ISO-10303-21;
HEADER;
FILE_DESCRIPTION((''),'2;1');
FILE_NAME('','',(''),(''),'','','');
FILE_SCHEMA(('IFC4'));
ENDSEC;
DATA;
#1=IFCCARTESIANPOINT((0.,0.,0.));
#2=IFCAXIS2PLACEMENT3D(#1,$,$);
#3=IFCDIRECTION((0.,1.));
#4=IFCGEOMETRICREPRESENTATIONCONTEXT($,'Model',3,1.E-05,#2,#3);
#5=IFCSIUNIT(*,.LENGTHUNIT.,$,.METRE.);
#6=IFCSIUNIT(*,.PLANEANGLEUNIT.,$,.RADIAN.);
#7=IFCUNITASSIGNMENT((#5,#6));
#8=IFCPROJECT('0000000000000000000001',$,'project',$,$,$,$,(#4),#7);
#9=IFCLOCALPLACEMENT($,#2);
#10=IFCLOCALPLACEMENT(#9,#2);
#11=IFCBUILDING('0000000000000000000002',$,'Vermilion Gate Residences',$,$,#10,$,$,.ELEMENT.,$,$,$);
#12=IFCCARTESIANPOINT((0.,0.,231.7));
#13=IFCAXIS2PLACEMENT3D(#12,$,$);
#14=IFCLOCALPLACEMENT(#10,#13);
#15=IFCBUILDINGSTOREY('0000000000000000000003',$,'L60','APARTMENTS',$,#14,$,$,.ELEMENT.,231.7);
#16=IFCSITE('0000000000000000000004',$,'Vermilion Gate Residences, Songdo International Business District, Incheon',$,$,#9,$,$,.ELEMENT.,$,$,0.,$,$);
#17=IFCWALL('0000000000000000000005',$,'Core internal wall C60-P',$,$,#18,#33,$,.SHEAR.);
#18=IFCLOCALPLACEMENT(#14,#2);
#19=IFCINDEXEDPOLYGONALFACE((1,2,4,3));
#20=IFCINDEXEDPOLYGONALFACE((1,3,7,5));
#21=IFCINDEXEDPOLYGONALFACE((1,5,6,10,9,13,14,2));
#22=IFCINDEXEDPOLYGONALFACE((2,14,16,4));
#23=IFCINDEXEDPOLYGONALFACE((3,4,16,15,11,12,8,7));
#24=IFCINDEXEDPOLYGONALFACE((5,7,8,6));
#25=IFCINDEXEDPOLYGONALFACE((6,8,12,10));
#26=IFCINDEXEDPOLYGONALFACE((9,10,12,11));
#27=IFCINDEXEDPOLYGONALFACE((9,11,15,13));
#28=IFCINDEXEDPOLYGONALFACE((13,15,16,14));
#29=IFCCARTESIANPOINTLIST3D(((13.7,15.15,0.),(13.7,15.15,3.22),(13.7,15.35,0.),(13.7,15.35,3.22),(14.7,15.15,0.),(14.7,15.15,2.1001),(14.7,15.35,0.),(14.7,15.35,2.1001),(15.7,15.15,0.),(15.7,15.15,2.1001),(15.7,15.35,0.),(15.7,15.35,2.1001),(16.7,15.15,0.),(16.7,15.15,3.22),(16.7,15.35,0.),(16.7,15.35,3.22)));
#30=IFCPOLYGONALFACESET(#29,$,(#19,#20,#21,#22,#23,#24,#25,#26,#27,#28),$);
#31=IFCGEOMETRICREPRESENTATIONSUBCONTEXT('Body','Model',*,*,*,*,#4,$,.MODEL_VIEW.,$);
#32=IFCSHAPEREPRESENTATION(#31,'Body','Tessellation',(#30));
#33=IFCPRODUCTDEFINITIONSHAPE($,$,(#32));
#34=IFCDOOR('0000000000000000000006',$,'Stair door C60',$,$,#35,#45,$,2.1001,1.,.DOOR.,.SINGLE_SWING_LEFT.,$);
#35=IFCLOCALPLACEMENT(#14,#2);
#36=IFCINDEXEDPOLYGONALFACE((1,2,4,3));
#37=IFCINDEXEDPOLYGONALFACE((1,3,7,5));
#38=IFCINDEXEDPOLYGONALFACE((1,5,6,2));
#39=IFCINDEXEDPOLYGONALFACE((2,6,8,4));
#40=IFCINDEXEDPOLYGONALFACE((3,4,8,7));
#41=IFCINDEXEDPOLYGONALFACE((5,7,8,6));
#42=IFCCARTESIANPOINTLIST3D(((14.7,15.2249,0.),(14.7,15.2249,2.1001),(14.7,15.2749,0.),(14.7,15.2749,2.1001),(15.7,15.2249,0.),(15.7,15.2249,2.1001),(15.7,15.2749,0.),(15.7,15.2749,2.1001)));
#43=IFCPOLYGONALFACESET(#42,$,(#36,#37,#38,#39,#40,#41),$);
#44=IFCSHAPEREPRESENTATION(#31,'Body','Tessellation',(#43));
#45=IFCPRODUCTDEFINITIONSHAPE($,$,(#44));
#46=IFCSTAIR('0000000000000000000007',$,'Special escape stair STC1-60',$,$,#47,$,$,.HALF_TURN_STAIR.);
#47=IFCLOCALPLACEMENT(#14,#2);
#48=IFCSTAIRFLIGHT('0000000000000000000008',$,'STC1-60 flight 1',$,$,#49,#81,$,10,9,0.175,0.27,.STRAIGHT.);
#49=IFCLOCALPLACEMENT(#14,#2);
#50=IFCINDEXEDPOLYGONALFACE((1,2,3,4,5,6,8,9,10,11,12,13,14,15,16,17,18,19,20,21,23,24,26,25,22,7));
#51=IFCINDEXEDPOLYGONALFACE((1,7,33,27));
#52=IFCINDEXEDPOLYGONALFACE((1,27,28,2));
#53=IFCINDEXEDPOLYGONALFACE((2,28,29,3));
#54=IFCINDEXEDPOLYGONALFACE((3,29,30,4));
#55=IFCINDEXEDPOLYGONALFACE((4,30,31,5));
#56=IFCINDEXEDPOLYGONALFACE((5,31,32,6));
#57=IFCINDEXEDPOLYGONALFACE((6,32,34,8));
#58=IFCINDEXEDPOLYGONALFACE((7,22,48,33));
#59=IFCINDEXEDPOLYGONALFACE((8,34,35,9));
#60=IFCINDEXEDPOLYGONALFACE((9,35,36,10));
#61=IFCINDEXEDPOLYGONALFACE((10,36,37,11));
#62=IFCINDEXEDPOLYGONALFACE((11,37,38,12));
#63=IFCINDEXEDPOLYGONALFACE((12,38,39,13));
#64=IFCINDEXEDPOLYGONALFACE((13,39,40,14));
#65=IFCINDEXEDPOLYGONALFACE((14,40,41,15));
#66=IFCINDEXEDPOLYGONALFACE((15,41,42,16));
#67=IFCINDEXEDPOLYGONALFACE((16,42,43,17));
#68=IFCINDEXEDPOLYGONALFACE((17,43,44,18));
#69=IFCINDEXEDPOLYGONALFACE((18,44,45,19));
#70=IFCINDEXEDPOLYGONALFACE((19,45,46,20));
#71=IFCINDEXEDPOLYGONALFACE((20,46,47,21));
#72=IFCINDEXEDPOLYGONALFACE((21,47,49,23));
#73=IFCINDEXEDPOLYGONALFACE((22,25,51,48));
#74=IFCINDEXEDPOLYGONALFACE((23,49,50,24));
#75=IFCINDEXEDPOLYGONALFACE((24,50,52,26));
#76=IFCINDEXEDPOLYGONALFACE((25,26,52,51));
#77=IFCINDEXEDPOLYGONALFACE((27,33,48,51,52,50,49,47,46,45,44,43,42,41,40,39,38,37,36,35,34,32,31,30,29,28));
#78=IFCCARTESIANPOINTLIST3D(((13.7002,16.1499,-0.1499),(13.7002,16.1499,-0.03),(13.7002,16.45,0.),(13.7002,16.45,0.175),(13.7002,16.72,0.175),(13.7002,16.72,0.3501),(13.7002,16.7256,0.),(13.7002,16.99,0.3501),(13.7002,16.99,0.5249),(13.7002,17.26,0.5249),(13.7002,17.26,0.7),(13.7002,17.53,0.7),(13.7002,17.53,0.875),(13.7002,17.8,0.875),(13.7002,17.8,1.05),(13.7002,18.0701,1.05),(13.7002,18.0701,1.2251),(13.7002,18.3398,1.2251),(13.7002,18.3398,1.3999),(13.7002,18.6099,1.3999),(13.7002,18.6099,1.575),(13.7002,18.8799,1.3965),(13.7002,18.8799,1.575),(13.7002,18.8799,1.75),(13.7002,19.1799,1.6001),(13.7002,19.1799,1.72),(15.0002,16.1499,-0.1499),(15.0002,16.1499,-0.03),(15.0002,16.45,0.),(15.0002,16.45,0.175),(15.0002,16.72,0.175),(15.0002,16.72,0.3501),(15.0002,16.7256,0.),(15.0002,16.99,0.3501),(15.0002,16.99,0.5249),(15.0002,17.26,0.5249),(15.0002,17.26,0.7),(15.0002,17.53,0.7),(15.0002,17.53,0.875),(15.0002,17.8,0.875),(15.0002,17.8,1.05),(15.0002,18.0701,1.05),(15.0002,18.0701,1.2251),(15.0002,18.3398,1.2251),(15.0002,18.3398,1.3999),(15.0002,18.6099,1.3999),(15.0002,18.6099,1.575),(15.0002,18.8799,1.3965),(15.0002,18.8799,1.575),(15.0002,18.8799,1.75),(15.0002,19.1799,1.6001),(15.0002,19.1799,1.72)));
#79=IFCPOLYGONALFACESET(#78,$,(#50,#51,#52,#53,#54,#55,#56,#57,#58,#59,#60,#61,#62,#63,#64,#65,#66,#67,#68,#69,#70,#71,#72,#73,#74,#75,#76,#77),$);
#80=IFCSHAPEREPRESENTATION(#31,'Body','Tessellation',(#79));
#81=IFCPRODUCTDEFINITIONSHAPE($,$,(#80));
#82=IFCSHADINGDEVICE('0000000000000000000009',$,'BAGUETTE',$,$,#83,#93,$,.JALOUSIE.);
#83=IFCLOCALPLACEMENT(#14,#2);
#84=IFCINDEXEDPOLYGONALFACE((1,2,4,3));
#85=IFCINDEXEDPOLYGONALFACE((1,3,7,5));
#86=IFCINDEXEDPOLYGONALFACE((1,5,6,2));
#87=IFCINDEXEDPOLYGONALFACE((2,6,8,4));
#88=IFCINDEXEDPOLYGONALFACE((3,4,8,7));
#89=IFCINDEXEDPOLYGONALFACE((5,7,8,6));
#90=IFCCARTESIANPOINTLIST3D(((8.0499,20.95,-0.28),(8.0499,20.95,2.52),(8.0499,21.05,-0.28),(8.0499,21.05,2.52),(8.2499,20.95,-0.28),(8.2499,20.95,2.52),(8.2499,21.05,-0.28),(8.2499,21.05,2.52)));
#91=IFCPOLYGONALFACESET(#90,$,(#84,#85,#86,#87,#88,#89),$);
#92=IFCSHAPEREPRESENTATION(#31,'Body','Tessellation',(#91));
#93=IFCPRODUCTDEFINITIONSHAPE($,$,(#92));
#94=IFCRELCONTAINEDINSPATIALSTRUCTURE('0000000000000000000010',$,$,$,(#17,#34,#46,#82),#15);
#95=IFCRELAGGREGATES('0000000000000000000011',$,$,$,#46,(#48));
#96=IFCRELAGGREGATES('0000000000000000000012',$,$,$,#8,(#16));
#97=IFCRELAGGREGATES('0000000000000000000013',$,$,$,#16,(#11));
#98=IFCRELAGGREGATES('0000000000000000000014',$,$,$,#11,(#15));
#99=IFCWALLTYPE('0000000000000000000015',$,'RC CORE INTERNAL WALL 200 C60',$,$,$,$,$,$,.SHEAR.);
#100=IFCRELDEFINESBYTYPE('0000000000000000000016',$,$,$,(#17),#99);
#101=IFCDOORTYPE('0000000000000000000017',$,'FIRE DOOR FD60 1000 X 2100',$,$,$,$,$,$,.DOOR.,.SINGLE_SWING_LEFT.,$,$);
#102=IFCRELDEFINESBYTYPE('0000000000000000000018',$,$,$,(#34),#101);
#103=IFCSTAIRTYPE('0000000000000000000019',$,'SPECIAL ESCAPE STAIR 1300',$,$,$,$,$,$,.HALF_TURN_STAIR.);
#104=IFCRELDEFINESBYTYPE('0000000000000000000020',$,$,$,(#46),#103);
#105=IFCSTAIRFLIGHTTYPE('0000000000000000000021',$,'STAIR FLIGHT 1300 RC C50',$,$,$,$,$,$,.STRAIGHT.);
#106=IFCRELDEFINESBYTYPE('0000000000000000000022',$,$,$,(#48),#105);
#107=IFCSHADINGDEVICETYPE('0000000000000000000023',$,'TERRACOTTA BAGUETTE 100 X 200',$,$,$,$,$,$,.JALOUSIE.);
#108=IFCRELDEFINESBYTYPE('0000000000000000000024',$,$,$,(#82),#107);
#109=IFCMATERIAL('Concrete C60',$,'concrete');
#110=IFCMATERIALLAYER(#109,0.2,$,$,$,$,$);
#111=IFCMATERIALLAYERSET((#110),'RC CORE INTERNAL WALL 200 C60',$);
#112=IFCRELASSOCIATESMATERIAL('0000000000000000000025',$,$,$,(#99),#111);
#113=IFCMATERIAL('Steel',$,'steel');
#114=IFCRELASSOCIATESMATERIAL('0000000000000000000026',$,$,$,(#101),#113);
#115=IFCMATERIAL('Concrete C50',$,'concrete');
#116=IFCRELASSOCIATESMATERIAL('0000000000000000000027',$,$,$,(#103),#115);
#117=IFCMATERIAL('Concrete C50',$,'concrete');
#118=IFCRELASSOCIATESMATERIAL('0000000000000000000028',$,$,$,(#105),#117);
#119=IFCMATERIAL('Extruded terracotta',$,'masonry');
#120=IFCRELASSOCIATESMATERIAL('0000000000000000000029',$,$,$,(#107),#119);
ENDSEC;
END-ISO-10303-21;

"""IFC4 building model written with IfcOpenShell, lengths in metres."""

from ifc_helpers import new_model, si_unit, direction, frame, frame_2d, origin, origin_2d, place, context, subcontext, project, spatial, polyline, rectangle, outline, extrude, material, layer, layer_set, material_profile, profile_set, type_object, element, fill, aggregate, save


model = new_model("IFC4")

# Units and contexts
model_context = context("Model", 3, precision=1e-05, world=origin(), true_north=direction((0.0, 1.0)))
body_context = subcontext(model_context, "Body", "Model", "MODEL_VIEW")
ifc_project = project(units=[si_unit("LENGTHUNIT", "METRE"), si_unit("PLANEANGLEUNIT", "RADIAN")], contexts=[model_context])

# Site, building, storey
site_placement = place(None, origin())
site = spatial("IfcSite", under=ifc_project, at=site_placement, Name="Vermilion Gate Residences, Songdo International Business District, Incheon", CompositionType="ELEMENT", RefElevation=0.0)
building_placement = place(site_placement, origin())
building = spatial("IfcBuilding", under=site, at=building_placement, Name="Vermilion Gate Residences", CompositionType="ELEMENT")
storey_placement = place(building_placement, frame((0.0, 0.0, 231.7)))
storey = spatial("IfcBuildingStorey", under=building, at=storey_placement, Name="L60", Description="APARTMENTS", CompositionType="ELEMENT", Elevation=231.7)

# Shared definitions
ifc_material_1 = material(Name="Concrete C60", Category="concrete")
ifc_layer_1 = layer(ifc_material_1, 0.2)
ifc_layer_set_1 = layer_set([ifc_layer_1], Name="RC CORE INTERNAL WALL 200 C60")
wall_type_1 = type_object("IfcWallType", Name="RC CORE INTERNAL WALL 200 C60", PredefinedType="SHEAR", material=ifc_layer_set_1)

# Wall, opening, door
wall_1_placement = place(storey_placement, frame((13.7, 15.25, 0.0), z_axis=(0.0, 0.0, 1.0), x_axis=(1.0, 0.0, 0.0)))
wall_1 = element("IfcWall", 1, at=wall_1_placement, inside=storey, type_object=wall_type_1, Name="Core internal wall C60-P", PredefinedType="SHEAR", context=body_context, shape_type="SweptSolid", body=[
    extrude(rectangle(XDim=3.0, YDim=0.2, at=frame_2d((1.5, 0.0))), origin(), (0.0, 0.0, 1.0), 3.22),
])
opening_1_placement = place(wall_1_placement, frame((1.0, 0.0, 0.0)))
opening_1 = element("IfcOpeningElement", 2, at=opening_1_placement, cuts=wall_1, PredefinedType="OPENING", context=body_context, shape_type="SweptSolid", body=[
    extrude(rectangle(XDim=1.0, YDim=2.1001, at=frame_2d((0.5, 1.05))), frame((0.0, 0.1099, 0.0), z_axis=(0.0, -1.0, 0.0), x_axis=(1.0, 0.0, 0.0)), (0.0, 0.0, 1.0), 0.22),
])
ifc_material_2 = material(Name="Steel", Category="steel")
door_type_1 = type_object("IfcDoorType", Name="FIRE DOOR FD60 1000 X 2100", OperationType="SINGLE_SWING_LEFT", PredefinedType="DOOR", material=ifc_material_2)
door_1_placement = place(opening_1_placement, origin())
door_1 = element("IfcDoor", 3, at=door_1_placement, inside=storey, type_object=door_type_1, Name="Stair door C60", OperationType="SINGLE_SWING_LEFT", OverallHeight=2.1001, OverallWidth=1.0, PredefinedType="DOOR", context=body_context, shape_type="SweptSolid", body=[
    extrude(rectangle(XDim=1.0, YDim=2.1001, at=frame_2d((0.5, 1.05))), frame((0.0, 0.0249, 0.0), z_axis=(0.0, -1.0, 0.0), x_axis=(1.0, 0.0, 0.0)), (0.0, 0.0, 1.0), 0.05),
])
fill(opening_1, door_1)

# Stair, stair flight
ifc_material_3 = material(Name="Concrete C50", Category="concrete")
stair_type = type_object("IfcStairType", Name="SPECIAL ESCAPE STAIR 1300", PredefinedType="HALF_TURN_STAIR", material=ifc_material_3)
stair_placement = place(storey_placement, origin())
stair = element("IfcStair", 4, at=stair_placement, inside=storey, type_object=stair_type, Name="Special escape stair STC1-60", PredefinedType="HALF_TURN_STAIR")
ifc_material_4 = material(Name="Concrete C50", Category="concrete")
stair_flight_type = type_object("IfcStairFlightType", Name="STAIR FLIGHT 1300 RC C50", PredefinedType="STRAIGHT", material=ifc_material_4)
stair_flight_placement = place(storey_placement, frame((14.3501, 16.45, 0.0), z_axis=(0.0, 0.0, 1.0), x_axis=(0.0, 1.0, 0.0)))
stair_flight = element("IfcStairFlight", 5, at=stair_flight_placement, type_object=stair_flight_type, Name="STC1-60 flight 1", NumberOfRisers=10, NumberOfTreads=9, PredefinedType="STRAIGHT", RiserHeight=0.175, TreadLength=0.27, context=body_context, shape_type="SweptSolid", body=[
    extrude(outline(polyline([(-0.3, -0.1499), (-0.3, -0.03), (0.0, 0.0), (0.0, 0.175), (0.27, 0.175), (0.27, 0.3501), (0.54, 0.3501), (0.54, 0.5249), (0.8101, 0.5249), (0.8101, 0.7), (1.0801, 0.7), (1.0801, 0.875), (1.3501, 0.875), (1.3501, 1.05), (1.6201, 1.05), (1.6201, 1.2251), (1.8899, 1.2251), (1.8899, 1.3999), (2.1599, 1.3999), (2.1599, 1.575), (2.4299, 1.575), (2.4299, 1.75), (2.73, 1.72), (2.73, 1.6001), (2.4299, 1.3965), (0.2756, 0.0), (-0.3, -0.1499)])), frame((0.0, 0.6499, 0.0), z_axis=(0.0, -1.0, 0.0), x_axis=(1.0, 0.0, 0.0)), (0.0, 0.0, 1.0), 1.3),
])
aggregate(stair, [stair_flight])

# Shading device
ifc_material_5 = material(Name="Extruded terracotta", Category="masonry")
ifc_material_profile_1 = material_profile(ifc_material_5, rectangle(XDim=0.2, YDim=0.1001, at=origin_2d()), Name="BAGUETTE 100 X 200")
ifc_profile_set_1 = profile_set([ifc_material_profile_1], Name="Extruded terracotta")
shading_device_type = type_object("IfcShadingDeviceType", Name="TERRACOTTA BAGUETTE 100 X 200", PredefinedType="JALOUSIE", material=ifc_profile_set_1)
shading_device_placement = place(storey_placement, frame((8.1499, 21.0, -0.28), z_axis=(0.0, 0.0, 1.0), x_axis=(1.0, 0.0, 0.0)))
element("IfcShadingDevice", 6, at=shading_device_placement, inside=storey, type_object=shading_device_type, Name="BAGUETTE", PredefinedType="JALOUSIE", context=body_context, shape_type="SweptSolid", body=[
    extrude(rectangle(XDim=0.2, YDim=0.1001, at=origin_2d()), origin(), (0.0, 0.0, 1.0), 2.8),
])

save(model, "model.ifc")
